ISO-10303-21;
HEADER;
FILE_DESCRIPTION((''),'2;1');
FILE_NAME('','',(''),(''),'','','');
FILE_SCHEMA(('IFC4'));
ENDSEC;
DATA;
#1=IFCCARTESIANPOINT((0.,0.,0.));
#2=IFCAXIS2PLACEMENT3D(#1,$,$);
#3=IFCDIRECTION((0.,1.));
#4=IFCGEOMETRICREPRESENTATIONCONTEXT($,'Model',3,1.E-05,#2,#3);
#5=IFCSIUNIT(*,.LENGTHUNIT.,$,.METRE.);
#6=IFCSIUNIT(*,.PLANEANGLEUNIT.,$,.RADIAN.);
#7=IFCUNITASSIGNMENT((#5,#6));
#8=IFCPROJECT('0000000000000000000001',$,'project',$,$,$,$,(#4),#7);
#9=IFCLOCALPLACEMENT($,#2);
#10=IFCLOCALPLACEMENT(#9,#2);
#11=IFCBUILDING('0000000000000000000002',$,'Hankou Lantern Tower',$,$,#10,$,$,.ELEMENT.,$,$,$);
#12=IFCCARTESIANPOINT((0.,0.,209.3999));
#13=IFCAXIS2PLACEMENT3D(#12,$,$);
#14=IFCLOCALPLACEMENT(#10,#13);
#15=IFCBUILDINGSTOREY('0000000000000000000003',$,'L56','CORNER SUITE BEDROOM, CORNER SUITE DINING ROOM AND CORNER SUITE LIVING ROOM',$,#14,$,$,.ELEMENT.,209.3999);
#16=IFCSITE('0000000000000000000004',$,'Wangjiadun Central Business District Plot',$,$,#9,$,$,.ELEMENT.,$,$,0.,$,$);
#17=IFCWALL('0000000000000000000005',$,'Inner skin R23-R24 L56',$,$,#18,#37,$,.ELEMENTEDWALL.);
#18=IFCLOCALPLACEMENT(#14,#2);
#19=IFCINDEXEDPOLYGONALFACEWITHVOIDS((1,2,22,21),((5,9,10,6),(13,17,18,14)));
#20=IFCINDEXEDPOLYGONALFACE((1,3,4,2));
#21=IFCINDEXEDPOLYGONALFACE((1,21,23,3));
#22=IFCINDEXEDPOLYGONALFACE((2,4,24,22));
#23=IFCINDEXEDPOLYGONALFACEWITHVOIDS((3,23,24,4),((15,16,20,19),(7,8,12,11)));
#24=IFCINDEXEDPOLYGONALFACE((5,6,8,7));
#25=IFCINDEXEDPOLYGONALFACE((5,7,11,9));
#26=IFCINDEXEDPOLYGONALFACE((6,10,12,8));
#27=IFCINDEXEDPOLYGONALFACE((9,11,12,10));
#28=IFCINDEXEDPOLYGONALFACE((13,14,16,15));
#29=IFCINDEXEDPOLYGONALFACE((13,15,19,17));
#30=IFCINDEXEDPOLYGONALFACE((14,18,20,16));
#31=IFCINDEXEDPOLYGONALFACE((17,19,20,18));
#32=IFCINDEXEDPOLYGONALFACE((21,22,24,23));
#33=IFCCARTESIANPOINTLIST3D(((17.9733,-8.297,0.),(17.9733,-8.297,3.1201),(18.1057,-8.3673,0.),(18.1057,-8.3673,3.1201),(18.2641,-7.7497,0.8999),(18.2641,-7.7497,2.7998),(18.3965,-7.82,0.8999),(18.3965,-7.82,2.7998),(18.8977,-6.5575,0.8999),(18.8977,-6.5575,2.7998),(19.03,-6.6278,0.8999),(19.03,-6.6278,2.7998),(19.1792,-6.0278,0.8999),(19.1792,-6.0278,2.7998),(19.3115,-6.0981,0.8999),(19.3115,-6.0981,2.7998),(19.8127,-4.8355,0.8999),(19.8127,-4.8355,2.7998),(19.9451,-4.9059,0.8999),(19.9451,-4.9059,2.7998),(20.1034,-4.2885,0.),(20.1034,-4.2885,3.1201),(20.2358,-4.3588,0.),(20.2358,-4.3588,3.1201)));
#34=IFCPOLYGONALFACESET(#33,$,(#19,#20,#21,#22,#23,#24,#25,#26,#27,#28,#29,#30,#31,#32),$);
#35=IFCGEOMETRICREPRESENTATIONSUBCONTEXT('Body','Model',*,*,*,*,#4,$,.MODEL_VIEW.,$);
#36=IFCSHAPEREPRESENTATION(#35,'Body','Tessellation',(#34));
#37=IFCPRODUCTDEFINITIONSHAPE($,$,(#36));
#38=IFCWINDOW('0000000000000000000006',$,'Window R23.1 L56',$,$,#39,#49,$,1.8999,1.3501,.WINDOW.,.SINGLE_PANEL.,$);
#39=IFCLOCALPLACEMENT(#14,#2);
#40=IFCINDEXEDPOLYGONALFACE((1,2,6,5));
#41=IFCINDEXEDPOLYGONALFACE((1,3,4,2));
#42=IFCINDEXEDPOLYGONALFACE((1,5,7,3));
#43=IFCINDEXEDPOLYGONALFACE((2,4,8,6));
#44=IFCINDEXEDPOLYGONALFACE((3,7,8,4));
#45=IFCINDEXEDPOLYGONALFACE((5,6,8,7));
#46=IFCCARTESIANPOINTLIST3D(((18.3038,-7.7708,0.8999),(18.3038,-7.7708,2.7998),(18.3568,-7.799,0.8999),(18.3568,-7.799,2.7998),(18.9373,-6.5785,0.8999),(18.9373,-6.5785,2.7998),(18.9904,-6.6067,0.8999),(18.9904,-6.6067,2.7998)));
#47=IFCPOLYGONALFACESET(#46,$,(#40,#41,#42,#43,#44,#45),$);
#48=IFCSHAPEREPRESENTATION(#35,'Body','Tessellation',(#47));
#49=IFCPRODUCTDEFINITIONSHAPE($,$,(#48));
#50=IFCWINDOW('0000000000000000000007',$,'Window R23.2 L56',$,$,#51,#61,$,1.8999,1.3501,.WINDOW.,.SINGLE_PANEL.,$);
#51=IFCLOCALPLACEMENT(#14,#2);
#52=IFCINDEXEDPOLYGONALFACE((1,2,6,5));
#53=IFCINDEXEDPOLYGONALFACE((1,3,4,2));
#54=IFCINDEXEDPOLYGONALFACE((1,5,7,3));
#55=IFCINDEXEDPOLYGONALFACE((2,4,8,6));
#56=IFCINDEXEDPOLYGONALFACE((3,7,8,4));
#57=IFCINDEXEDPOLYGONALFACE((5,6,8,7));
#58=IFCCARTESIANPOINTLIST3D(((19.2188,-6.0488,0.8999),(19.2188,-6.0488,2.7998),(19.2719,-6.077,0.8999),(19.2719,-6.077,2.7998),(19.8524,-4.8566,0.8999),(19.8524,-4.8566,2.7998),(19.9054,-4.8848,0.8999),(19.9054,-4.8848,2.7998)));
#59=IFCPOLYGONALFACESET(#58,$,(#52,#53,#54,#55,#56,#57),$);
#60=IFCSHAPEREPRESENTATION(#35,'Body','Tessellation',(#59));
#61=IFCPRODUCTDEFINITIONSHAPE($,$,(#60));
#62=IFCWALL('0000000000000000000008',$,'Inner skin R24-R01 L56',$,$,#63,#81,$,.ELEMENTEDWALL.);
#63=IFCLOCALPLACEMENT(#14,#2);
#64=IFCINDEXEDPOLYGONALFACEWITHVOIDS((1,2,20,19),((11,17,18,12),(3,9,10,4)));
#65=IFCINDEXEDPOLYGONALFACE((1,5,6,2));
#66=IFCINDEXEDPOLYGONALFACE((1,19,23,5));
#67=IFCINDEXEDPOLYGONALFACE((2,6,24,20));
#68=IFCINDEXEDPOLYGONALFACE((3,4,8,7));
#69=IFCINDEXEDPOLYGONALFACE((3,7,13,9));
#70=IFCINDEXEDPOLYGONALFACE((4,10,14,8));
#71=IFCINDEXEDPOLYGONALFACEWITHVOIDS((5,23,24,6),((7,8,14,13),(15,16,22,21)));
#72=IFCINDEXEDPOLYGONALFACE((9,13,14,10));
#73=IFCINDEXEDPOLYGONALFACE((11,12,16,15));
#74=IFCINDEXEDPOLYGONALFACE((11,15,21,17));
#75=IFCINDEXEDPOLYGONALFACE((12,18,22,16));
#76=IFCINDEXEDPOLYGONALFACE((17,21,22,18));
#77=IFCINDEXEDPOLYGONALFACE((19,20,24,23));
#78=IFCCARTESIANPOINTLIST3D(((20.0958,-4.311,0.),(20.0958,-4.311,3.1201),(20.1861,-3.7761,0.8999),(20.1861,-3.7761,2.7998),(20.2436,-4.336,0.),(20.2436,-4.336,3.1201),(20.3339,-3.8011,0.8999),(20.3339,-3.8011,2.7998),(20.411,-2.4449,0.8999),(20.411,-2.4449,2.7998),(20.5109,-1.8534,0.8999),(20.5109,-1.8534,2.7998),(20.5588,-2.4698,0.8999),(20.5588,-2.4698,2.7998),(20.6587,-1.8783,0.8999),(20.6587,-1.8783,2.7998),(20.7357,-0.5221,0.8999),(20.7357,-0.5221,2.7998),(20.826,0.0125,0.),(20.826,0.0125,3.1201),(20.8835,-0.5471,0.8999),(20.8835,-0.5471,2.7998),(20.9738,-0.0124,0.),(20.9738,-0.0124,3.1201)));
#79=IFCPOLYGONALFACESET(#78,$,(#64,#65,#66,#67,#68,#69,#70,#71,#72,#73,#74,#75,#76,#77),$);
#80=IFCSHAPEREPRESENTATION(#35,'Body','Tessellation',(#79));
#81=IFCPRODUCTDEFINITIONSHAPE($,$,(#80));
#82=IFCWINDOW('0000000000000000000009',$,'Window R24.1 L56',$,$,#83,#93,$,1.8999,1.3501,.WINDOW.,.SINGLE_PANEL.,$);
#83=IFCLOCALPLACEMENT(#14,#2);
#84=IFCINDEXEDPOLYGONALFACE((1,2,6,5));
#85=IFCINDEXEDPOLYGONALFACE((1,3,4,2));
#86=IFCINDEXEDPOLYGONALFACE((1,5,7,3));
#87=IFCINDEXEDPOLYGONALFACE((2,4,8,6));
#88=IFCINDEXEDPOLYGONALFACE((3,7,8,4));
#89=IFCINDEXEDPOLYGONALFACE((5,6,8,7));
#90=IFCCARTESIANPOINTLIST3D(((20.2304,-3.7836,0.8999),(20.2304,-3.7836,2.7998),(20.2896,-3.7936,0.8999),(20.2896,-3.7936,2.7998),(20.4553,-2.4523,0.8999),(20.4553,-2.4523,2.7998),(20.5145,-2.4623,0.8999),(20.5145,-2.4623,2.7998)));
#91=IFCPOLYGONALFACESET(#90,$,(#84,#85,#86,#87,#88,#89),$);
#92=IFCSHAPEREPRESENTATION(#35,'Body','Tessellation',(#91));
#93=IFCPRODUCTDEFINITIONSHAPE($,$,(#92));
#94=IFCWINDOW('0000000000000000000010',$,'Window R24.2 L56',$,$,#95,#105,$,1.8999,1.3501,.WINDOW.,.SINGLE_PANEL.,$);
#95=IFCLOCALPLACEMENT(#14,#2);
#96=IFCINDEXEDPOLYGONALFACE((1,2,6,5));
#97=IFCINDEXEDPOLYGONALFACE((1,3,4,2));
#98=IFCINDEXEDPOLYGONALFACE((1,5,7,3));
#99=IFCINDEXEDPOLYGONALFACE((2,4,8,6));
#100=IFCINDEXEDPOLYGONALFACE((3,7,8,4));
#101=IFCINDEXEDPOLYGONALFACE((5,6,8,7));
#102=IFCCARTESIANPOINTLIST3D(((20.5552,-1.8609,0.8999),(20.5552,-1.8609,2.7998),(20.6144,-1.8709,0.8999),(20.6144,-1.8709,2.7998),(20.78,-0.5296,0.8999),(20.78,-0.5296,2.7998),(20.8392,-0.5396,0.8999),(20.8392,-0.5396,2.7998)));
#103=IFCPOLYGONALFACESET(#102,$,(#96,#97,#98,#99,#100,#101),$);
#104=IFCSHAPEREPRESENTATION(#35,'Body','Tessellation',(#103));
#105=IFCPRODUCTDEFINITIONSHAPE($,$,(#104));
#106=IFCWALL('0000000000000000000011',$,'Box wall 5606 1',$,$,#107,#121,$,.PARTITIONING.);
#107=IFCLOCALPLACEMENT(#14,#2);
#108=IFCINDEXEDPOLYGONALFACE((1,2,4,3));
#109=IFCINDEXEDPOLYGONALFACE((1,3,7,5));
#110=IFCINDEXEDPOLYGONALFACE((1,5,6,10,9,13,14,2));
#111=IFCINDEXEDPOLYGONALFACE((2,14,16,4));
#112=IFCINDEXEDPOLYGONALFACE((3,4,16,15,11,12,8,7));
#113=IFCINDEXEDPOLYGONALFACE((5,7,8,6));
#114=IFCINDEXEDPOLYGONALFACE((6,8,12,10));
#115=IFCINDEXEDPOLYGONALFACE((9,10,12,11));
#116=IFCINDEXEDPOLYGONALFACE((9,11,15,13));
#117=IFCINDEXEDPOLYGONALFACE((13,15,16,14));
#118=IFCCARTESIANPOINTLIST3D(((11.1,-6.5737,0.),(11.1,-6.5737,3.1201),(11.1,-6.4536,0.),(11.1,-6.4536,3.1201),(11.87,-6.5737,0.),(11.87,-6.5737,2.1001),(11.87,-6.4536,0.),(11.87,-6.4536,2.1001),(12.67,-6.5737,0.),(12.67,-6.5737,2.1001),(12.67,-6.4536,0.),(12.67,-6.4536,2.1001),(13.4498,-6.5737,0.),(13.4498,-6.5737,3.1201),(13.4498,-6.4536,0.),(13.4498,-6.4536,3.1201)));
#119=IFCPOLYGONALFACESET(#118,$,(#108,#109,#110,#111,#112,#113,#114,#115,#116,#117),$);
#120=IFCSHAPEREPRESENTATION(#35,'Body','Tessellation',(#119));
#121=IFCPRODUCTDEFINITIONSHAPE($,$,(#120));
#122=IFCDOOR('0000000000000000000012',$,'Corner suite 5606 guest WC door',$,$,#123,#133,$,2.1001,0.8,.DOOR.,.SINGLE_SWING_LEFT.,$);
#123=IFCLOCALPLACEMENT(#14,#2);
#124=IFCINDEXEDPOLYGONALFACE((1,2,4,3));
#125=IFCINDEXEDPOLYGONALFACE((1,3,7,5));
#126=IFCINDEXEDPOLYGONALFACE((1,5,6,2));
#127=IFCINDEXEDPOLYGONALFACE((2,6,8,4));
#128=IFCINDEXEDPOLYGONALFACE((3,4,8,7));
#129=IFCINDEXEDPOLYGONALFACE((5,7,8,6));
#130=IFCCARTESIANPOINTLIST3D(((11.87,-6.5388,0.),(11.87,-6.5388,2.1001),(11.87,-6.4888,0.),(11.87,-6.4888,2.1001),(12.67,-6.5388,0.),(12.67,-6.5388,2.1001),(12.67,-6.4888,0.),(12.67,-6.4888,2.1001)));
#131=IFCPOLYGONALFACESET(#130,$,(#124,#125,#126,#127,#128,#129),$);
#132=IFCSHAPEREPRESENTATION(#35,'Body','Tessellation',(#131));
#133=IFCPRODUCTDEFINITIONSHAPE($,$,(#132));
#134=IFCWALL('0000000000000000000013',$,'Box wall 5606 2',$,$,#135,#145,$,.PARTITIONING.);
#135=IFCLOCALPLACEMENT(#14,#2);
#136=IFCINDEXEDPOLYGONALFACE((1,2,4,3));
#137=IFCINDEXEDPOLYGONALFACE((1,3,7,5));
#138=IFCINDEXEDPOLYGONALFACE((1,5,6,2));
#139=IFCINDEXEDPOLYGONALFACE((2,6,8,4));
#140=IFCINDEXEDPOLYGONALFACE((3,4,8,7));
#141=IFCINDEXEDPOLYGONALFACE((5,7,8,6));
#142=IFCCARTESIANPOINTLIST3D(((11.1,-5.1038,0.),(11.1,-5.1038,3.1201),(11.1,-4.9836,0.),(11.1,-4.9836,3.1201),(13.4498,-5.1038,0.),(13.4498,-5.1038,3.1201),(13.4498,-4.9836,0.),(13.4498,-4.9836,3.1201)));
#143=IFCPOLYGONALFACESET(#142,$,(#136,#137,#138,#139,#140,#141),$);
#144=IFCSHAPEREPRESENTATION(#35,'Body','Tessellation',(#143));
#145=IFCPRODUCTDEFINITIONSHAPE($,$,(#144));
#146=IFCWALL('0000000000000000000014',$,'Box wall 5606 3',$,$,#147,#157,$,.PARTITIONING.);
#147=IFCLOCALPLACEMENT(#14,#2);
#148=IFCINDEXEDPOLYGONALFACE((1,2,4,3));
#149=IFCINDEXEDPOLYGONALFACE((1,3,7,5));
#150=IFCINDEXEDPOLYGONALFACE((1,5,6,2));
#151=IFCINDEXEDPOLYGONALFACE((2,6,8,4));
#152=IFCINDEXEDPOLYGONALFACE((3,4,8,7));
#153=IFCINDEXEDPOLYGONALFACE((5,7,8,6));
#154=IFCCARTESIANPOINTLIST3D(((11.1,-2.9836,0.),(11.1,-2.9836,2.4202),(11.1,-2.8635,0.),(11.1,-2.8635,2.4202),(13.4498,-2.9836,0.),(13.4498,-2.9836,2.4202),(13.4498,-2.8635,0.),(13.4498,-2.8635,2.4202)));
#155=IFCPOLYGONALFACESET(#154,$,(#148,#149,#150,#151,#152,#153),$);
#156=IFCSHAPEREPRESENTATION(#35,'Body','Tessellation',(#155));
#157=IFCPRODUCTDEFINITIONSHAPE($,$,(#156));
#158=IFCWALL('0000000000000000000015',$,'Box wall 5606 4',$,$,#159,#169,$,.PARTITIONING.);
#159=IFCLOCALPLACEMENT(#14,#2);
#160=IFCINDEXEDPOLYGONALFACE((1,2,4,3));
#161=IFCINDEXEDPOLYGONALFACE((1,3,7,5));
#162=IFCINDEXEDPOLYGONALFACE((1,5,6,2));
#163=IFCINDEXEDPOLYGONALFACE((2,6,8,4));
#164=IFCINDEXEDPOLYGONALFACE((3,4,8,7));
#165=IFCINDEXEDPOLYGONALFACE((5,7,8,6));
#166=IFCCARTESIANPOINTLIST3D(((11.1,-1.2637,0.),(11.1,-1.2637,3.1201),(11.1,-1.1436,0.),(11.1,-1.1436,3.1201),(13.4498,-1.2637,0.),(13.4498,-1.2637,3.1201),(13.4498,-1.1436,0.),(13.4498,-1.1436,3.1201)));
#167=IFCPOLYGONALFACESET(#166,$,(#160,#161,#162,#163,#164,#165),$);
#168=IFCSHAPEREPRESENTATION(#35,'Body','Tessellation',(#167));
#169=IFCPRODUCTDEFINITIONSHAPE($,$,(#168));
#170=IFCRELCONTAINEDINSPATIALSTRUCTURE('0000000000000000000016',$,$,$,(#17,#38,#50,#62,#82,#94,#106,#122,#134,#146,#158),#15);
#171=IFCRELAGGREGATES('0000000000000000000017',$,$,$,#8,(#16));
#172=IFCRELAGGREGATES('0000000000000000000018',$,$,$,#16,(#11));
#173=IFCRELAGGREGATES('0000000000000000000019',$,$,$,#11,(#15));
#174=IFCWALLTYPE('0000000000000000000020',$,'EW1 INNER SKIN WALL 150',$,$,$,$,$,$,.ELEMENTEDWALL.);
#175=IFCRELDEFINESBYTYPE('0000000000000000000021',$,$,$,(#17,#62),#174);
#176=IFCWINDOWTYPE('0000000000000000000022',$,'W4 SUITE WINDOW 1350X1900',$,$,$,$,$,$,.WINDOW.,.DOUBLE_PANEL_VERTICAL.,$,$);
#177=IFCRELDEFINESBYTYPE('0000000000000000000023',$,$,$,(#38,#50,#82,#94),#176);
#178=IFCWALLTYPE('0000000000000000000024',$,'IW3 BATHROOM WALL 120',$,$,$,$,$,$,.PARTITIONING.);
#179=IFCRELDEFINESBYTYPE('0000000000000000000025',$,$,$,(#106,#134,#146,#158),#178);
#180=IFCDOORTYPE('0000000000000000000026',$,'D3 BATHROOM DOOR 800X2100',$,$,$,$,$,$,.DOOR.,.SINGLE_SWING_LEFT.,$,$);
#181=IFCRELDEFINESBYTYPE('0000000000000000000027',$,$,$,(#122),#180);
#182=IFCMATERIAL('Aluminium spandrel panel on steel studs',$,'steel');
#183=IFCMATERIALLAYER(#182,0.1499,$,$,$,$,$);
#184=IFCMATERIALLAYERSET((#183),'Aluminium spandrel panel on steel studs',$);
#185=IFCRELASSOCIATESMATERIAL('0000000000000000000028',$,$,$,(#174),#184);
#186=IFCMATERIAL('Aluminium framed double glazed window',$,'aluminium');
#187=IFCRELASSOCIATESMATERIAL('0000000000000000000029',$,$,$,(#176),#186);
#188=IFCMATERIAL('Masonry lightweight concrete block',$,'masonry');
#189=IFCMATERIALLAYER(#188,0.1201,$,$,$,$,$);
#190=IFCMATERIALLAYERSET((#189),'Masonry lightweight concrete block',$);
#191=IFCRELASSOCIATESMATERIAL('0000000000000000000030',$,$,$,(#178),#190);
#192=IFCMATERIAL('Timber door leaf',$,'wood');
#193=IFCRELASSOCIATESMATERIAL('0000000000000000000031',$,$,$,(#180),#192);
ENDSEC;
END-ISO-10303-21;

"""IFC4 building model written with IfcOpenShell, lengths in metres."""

from ifc_helpers import new_model, si_unit, direction, frame, frame_2d, origin, place, context, subcontext, project, spatial, rectangle, extrude, material, layer, layer_set, type_object, element, fill, save


model = new_model("IFC4")

# Units and contexts
model_context = context("Model", 3, precision=1e-05, world=origin(), true_north=direction((0.0, 1.0)))
body_context = subcontext(model_context, "Body", "Model", "MODEL_VIEW")
ifc_project = project(units=[si_unit("LENGTHUNIT", "METRE"), si_unit("PLANEANGLEUNIT", "RADIAN")], contexts=[model_context])

# Site, building, storey
site_placement = place(None, origin())
site = spatial("IfcSite", under=ifc_project, at=site_placement, Name="Wangjiadun Central Business District Plot", CompositionType="ELEMENT", RefElevation=0.0)
building_placement = place(site_placement, origin())
building = spatial("IfcBuilding", under=site, at=building_placement, Name="Hankou Lantern Tower", CompositionType="ELEMENT")
storey_placement = place(building_placement, frame((0.0, 0.0, 209.3999)))
storey = spatial("IfcBuildingStorey", under=building, at=storey_placement, Name="L56", Description="CORNER SUITE BEDROOM, CORNER SUITE DINING ROOM AND CORNER SUITE LIVING ROOM", CompositionType="ELEMENT", Elevation=209.3999)

# Walls, openings, windows
ifc_material_1 = material(Name="Aluminium spandrel panel on steel studs", Category="steel")
ifc_layer_1 = layer(ifc_material_1, 0.1499)
ifc_layer_set_1 = layer_set([ifc_layer_1], Name="Aluminium spandrel panel on steel studs")
wall_type_1 = type_object("IfcWallType", Name="EW1 INNER SKIN WALL 150", PredefinedType="ELEMENTEDWALL", material=ifc_layer_set_1)
wall_1_placement = place(storey_placement, frame((18.0396, -8.332, 0.0), z_axis=(0.0, 0.0, 1.0), x_axis=(0.469256, 0.883062, 0.0)))
wall_1 = element("IfcWall", 1, at=wall_1_placement, inside=storey, type_object=wall_type_1, Name="Inner skin R23-R24 L56", PredefinedType="ELEMENTEDWALL", context=body_context, shape_type="SweptSolid", body=[
    extrude(rectangle(XDim=4.5393, YDim=0.1499, at=frame_2d((2.2695, 0.0))), origin(), (0.0, 0.0, 1.0), 3.1201),
])
opening_1_placement = place(wall_1_placement, frame((0.6196, 0.0, 0.8999)))
opening_1 = element("IfcOpeningElement", 2, at=opening_1_placement, cuts=wall_1, PredefinedType="OPENING", context=body_context, shape_type="SweptSolid", body=[
    extrude(rectangle(XDim=1.3501, YDim=1.8999, at=frame_2d((0.675, 0.95))), frame((0.0, 0.085, 0.0), z_axis=(0.0, -1.0, 0.0), x_axis=(1.0, 0.0, 0.0)), (0.0, 0.0, 1.0), 0.1699),
])
opening_2_placement = place(wall_1_placement, frame((2.5696, 0.0, 0.8999)))
opening_2 = element("IfcOpeningElement", 3, at=opening_2_placement, cuts=wall_1, PredefinedType="OPENING", context=body_context, shape_type="SweptSolid", body=[
    extrude(rectangle(XDim=1.3501, YDim=1.8999, at=frame_2d((0.675, 0.95))), frame((0.0, 0.085, 0.0), z_axis=(0.0, -1.0, 0.0), x_axis=(1.0, 0.0, 0.0)), (0.0, 0.0, 1.0), 0.1699),
])
ifc_material_2 = material(Name="Aluminium framed double glazed window", Category="aluminium")
window_type = type_object("IfcWindowType", Name="W4 SUITE WINDOW 1350X1900", PartitioningType="DOUBLE_PANEL_VERTICAL", PredefinedType="WINDOW", material=ifc_material_2)
window_1_placement = place(opening_1_placement, origin())
window_1 = element("IfcWindow", 4, at=window_1_placement, inside=storey, type_object=window_type, Name="Window R23.1 L56", OverallHeight=1.8999, OverallWidth=1.3501, PartitioningType="SINGLE_PANEL", PredefinedType="WINDOW", context=body_context, shape_type="SweptSolid", body=[
    extrude(rectangle(XDim=1.3501, YDim=1.8999, at=frame_2d((0.675, 0.95))), frame((0.0, 0.03, 0.0), z_axis=(0.0, -1.0, 0.0), x_axis=(1.0, 0.0, 0.0)), (0.0, 0.0, 1.0), 0.0601),
])
fill(opening_1, window_1)
window_2_placement = place(opening_2_placement, origin())
window_2 = element("IfcWindow", 5, at=window_2_placement, inside=storey, type_object=window_type, Name="Window R23.2 L56", OverallHeight=1.8999, OverallWidth=1.3501, PartitioningType="SINGLE_PANEL", PredefinedType="WINDOW", context=body_context, shape_type="SweptSolid", body=[
    extrude(rectangle(XDim=1.3501, YDim=1.8999, at=frame_2d((0.675, 0.95))), frame((0.0, 0.03, 0.0), z_axis=(0.0, -1.0, 0.0), x_axis=(1.0, 0.0, 0.0)), (0.0, 0.0, 1.0), 0.0601),
])
fill(opening_2, window_2)
wall_2_placement = place(storey_placement, frame((20.1697, -4.3235, 0.0), z_axis=(0.0, 0.0, 1.0), x_axis=(0.166539, 0.986035, 0.0)))
wall_2 = element("IfcWall", 6, at=wall_2_placement, inside=storey, type_object=wall_type_1, Name="Inner skin R24-R01 L56", PredefinedType="ELEMENTEDWALL", context=body_context, shape_type="SweptSolid", body=[
    extrude(rectangle(XDim=4.3848, YDim=0.1499, at=frame_2d((2.1924, 0.0))), origin(), (0.0, 0.0, 1.0), 3.1201),
])
opening_3_placement = place(wall_2_placement, frame((0.5425, 0.0, 0.8999)))
opening_3 = element("IfcOpeningElement", 7, at=opening_3_placement, cuts=wall_2, PredefinedType="OPENING", context=body_context, shape_type="SweptSolid", body=[
    extrude(rectangle(XDim=1.3501, YDim=1.8999, at=frame_2d((0.675, 0.95))), frame((0.0, 0.085, 0.0), z_axis=(0.0, -1.0, 0.0), x_axis=(1.0, 0.0, 0.0)), (0.0, 0.0, 1.0), 0.1699),
])
opening_4_placement = place(wall_2_placement, frame((2.4924, 0.0, 0.8999)))
opening_4 = element("IfcOpeningElement", 8, at=opening_4_placement, cuts=wall_2, PredefinedType="OPENING", context=body_context, shape_type="SweptSolid", body=[
    extrude(rectangle(XDim=1.3501, YDim=1.8999, at=frame_2d((0.675, 0.95))), frame((0.0, 0.085, 0.0), z_axis=(0.0, -1.0, 0.0), x_axis=(1.0, 0.0, 0.0)), (0.0, 0.0, 1.0), 0.1699),
])
window_3_placement = place(opening_3_placement, origin())
window_3 = element("IfcWindow", 9, at=window_3_placement, inside=storey, type_object=window_type, Name="Window R24.1 L56", OverallHeight=1.8999, OverallWidth=1.3501, PartitioningType="SINGLE_PANEL", PredefinedType="WINDOW", context=body_context, shape_type="SweptSolid", body=[
    extrude(rectangle(XDim=1.3501, YDim=1.8999, at=frame_2d((0.675, 0.95))), frame((0.0, 0.03, 0.0), z_axis=(0.0, -1.0, 0.0), x_axis=(1.0, 0.0, 0.0)), (0.0, 0.0, 1.0), 0.0601),
])
fill(opening_3, window_3)
window_4_placement = place(opening_4_placement, origin())
window_4 = element("IfcWindow", 10, at=window_4_placement, inside=storey, type_object=window_type, Name="Window R24.2 L56", OverallHeight=1.8999, OverallWidth=1.3501, PartitioningType="SINGLE_PANEL", PredefinedType="WINDOW", context=body_context, shape_type="SweptSolid", body=[
    extrude(rectangle(XDim=1.3501, YDim=1.8999, at=frame_2d((0.675, 0.95))), frame((0.0, 0.03, 0.0), z_axis=(0.0, -1.0, 0.0), x_axis=(1.0, 0.0, 0.0)), (0.0, 0.0, 1.0), 0.0601),
])
fill(opening_4, window_4)

# Wall, opening, door
ifc_material_3 = material(Name="Masonry lightweight concrete block", Category="masonry")
ifc_layer_2 = layer(ifc_material_3, 0.1201)
ifc_layer_set_2 = layer_set([ifc_layer_2], Name="Masonry lightweight concrete block")
wall_type_2 = type_object("IfcWallType", Name="IW3 BATHROOM WALL 120", PredefinedType="PARTITIONING", material=ifc_layer_set_2)
wall_3_placement = place(storey_placement, frame((11.1001, -6.5137, 0.0), z_axis=(0.0, 0.0, 1.0), x_axis=(1.0, 0.0, 0.0)))
wall_3 = element("IfcWall", 11, at=wall_3_placement, inside=storey, type_object=wall_type_2, Name="Box wall 5606 1", PredefinedType="PARTITIONING", context=body_context, shape_type="SweptSolid", body=[
    extrude(rectangle(XDim=2.3499, YDim=0.1201, at=frame_2d((1.1748, 0.0))), origin(), (0.0, 0.0, 1.0), 3.1201),
])
opening_5_placement = place(wall_3_placement, frame((0.77, 0.0, 0.0)))
opening_5 = element("IfcOpeningElement", 12, at=opening_5_placement, cuts=wall_3, PredefinedType="OPENING", context=body_context, shape_type="SweptSolid", body=[
    extrude(rectangle(XDim=0.8, YDim=2.1001, at=frame_2d((0.3999, 1.05))), frame((0.0, 0.0701, 0.0), z_axis=(0.0, -1.0, 0.0), x_axis=(1.0, 0.0, 0.0)), (0.0, 0.0, 1.0), 0.1401),
])
ifc_material_4 = material(Name="Timber door leaf", Category="wood")
door_type_1 = type_object("IfcDoorType", Name="D3 BATHROOM DOOR 800X2100", OperationType="SINGLE_SWING_LEFT", PredefinedType="DOOR", material=ifc_material_4)
door_1_placement = place(opening_5_placement, origin())
door_1 = element("IfcDoor", 13, at=door_1_placement, inside=storey, type_object=door_type_1, Name="Corner suite 5606 guest WC door", OperationType="SINGLE_SWING_LEFT", OverallHeight=2.1001, OverallWidth=0.8, PredefinedType="DOOR", context=body_context, shape_type="SweptSolid", body=[
    extrude(rectangle(XDim=0.8, YDim=2.1001, at=frame_2d((0.3999, 1.05))), frame((0.0, 0.0249, 0.0), z_axis=(0.0, -1.0, 0.0), x_axis=(1.0, 0.0, 0.0)), (0.0, 0.0, 1.0), 0.05),
])
fill(opening_5, door_1)

# Walls
wall_4_placement = place(storey_placement, frame((11.1001, -5.0437, 0.0), z_axis=(0.0, 0.0, 1.0), x_axis=(1.0, 0.0, 0.0)))
element("IfcWall", 14, at=wall_4_placement, inside=storey, type_object=wall_type_2, Name="Box wall 5606 2", PredefinedType="PARTITIONING", context=body_context, shape_type="SweptSolid", body=[
    extrude(rectangle(XDim=2.3499, YDim=0.1201, at=frame_2d((1.1748, 0.0))), origin(), (0.0, 0.0, 1.0), 3.1201),
])
wall_5_placement = place(storey_placement, frame((11.1001, -2.9236, 0.0), z_axis=(0.0, 0.0, 1.0), x_axis=(1.0, 0.0, 0.0)))
element("IfcWall", 15, at=wall_5_placement, inside=storey, type_object=wall_type_2, Name="Box wall 5606 3", PredefinedType="PARTITIONING", context=body_context, shape_type="SweptSolid", body=[
    extrude(rectangle(XDim=2.3499, YDim=0.1201, at=frame_2d((1.1748, 0.0))), origin(), (0.0, 0.0, 1.0), 2.4202),
])
wall_6_placement = place(storey_placement, frame((11.1001, -1.2036, 0.0), z_axis=(0.0, 0.0, 1.0), x_axis=(1.0, 0.0, 0.0)))
element("IfcWall", 16, at=wall_6_placement, inside=storey, type_object=wall_type_2, Name="Box wall 5606 4", PredefinedType="PARTITIONING", context=body_context, shape_type="SweptSolid", body=[
    extrude(rectangle(XDim=2.3499, YDim=0.1201, at=frame_2d((1.1748, 0.0))), origin(), (0.0, 0.0, 1.0), 3.1201),
])

save(model, "model.ifc")
